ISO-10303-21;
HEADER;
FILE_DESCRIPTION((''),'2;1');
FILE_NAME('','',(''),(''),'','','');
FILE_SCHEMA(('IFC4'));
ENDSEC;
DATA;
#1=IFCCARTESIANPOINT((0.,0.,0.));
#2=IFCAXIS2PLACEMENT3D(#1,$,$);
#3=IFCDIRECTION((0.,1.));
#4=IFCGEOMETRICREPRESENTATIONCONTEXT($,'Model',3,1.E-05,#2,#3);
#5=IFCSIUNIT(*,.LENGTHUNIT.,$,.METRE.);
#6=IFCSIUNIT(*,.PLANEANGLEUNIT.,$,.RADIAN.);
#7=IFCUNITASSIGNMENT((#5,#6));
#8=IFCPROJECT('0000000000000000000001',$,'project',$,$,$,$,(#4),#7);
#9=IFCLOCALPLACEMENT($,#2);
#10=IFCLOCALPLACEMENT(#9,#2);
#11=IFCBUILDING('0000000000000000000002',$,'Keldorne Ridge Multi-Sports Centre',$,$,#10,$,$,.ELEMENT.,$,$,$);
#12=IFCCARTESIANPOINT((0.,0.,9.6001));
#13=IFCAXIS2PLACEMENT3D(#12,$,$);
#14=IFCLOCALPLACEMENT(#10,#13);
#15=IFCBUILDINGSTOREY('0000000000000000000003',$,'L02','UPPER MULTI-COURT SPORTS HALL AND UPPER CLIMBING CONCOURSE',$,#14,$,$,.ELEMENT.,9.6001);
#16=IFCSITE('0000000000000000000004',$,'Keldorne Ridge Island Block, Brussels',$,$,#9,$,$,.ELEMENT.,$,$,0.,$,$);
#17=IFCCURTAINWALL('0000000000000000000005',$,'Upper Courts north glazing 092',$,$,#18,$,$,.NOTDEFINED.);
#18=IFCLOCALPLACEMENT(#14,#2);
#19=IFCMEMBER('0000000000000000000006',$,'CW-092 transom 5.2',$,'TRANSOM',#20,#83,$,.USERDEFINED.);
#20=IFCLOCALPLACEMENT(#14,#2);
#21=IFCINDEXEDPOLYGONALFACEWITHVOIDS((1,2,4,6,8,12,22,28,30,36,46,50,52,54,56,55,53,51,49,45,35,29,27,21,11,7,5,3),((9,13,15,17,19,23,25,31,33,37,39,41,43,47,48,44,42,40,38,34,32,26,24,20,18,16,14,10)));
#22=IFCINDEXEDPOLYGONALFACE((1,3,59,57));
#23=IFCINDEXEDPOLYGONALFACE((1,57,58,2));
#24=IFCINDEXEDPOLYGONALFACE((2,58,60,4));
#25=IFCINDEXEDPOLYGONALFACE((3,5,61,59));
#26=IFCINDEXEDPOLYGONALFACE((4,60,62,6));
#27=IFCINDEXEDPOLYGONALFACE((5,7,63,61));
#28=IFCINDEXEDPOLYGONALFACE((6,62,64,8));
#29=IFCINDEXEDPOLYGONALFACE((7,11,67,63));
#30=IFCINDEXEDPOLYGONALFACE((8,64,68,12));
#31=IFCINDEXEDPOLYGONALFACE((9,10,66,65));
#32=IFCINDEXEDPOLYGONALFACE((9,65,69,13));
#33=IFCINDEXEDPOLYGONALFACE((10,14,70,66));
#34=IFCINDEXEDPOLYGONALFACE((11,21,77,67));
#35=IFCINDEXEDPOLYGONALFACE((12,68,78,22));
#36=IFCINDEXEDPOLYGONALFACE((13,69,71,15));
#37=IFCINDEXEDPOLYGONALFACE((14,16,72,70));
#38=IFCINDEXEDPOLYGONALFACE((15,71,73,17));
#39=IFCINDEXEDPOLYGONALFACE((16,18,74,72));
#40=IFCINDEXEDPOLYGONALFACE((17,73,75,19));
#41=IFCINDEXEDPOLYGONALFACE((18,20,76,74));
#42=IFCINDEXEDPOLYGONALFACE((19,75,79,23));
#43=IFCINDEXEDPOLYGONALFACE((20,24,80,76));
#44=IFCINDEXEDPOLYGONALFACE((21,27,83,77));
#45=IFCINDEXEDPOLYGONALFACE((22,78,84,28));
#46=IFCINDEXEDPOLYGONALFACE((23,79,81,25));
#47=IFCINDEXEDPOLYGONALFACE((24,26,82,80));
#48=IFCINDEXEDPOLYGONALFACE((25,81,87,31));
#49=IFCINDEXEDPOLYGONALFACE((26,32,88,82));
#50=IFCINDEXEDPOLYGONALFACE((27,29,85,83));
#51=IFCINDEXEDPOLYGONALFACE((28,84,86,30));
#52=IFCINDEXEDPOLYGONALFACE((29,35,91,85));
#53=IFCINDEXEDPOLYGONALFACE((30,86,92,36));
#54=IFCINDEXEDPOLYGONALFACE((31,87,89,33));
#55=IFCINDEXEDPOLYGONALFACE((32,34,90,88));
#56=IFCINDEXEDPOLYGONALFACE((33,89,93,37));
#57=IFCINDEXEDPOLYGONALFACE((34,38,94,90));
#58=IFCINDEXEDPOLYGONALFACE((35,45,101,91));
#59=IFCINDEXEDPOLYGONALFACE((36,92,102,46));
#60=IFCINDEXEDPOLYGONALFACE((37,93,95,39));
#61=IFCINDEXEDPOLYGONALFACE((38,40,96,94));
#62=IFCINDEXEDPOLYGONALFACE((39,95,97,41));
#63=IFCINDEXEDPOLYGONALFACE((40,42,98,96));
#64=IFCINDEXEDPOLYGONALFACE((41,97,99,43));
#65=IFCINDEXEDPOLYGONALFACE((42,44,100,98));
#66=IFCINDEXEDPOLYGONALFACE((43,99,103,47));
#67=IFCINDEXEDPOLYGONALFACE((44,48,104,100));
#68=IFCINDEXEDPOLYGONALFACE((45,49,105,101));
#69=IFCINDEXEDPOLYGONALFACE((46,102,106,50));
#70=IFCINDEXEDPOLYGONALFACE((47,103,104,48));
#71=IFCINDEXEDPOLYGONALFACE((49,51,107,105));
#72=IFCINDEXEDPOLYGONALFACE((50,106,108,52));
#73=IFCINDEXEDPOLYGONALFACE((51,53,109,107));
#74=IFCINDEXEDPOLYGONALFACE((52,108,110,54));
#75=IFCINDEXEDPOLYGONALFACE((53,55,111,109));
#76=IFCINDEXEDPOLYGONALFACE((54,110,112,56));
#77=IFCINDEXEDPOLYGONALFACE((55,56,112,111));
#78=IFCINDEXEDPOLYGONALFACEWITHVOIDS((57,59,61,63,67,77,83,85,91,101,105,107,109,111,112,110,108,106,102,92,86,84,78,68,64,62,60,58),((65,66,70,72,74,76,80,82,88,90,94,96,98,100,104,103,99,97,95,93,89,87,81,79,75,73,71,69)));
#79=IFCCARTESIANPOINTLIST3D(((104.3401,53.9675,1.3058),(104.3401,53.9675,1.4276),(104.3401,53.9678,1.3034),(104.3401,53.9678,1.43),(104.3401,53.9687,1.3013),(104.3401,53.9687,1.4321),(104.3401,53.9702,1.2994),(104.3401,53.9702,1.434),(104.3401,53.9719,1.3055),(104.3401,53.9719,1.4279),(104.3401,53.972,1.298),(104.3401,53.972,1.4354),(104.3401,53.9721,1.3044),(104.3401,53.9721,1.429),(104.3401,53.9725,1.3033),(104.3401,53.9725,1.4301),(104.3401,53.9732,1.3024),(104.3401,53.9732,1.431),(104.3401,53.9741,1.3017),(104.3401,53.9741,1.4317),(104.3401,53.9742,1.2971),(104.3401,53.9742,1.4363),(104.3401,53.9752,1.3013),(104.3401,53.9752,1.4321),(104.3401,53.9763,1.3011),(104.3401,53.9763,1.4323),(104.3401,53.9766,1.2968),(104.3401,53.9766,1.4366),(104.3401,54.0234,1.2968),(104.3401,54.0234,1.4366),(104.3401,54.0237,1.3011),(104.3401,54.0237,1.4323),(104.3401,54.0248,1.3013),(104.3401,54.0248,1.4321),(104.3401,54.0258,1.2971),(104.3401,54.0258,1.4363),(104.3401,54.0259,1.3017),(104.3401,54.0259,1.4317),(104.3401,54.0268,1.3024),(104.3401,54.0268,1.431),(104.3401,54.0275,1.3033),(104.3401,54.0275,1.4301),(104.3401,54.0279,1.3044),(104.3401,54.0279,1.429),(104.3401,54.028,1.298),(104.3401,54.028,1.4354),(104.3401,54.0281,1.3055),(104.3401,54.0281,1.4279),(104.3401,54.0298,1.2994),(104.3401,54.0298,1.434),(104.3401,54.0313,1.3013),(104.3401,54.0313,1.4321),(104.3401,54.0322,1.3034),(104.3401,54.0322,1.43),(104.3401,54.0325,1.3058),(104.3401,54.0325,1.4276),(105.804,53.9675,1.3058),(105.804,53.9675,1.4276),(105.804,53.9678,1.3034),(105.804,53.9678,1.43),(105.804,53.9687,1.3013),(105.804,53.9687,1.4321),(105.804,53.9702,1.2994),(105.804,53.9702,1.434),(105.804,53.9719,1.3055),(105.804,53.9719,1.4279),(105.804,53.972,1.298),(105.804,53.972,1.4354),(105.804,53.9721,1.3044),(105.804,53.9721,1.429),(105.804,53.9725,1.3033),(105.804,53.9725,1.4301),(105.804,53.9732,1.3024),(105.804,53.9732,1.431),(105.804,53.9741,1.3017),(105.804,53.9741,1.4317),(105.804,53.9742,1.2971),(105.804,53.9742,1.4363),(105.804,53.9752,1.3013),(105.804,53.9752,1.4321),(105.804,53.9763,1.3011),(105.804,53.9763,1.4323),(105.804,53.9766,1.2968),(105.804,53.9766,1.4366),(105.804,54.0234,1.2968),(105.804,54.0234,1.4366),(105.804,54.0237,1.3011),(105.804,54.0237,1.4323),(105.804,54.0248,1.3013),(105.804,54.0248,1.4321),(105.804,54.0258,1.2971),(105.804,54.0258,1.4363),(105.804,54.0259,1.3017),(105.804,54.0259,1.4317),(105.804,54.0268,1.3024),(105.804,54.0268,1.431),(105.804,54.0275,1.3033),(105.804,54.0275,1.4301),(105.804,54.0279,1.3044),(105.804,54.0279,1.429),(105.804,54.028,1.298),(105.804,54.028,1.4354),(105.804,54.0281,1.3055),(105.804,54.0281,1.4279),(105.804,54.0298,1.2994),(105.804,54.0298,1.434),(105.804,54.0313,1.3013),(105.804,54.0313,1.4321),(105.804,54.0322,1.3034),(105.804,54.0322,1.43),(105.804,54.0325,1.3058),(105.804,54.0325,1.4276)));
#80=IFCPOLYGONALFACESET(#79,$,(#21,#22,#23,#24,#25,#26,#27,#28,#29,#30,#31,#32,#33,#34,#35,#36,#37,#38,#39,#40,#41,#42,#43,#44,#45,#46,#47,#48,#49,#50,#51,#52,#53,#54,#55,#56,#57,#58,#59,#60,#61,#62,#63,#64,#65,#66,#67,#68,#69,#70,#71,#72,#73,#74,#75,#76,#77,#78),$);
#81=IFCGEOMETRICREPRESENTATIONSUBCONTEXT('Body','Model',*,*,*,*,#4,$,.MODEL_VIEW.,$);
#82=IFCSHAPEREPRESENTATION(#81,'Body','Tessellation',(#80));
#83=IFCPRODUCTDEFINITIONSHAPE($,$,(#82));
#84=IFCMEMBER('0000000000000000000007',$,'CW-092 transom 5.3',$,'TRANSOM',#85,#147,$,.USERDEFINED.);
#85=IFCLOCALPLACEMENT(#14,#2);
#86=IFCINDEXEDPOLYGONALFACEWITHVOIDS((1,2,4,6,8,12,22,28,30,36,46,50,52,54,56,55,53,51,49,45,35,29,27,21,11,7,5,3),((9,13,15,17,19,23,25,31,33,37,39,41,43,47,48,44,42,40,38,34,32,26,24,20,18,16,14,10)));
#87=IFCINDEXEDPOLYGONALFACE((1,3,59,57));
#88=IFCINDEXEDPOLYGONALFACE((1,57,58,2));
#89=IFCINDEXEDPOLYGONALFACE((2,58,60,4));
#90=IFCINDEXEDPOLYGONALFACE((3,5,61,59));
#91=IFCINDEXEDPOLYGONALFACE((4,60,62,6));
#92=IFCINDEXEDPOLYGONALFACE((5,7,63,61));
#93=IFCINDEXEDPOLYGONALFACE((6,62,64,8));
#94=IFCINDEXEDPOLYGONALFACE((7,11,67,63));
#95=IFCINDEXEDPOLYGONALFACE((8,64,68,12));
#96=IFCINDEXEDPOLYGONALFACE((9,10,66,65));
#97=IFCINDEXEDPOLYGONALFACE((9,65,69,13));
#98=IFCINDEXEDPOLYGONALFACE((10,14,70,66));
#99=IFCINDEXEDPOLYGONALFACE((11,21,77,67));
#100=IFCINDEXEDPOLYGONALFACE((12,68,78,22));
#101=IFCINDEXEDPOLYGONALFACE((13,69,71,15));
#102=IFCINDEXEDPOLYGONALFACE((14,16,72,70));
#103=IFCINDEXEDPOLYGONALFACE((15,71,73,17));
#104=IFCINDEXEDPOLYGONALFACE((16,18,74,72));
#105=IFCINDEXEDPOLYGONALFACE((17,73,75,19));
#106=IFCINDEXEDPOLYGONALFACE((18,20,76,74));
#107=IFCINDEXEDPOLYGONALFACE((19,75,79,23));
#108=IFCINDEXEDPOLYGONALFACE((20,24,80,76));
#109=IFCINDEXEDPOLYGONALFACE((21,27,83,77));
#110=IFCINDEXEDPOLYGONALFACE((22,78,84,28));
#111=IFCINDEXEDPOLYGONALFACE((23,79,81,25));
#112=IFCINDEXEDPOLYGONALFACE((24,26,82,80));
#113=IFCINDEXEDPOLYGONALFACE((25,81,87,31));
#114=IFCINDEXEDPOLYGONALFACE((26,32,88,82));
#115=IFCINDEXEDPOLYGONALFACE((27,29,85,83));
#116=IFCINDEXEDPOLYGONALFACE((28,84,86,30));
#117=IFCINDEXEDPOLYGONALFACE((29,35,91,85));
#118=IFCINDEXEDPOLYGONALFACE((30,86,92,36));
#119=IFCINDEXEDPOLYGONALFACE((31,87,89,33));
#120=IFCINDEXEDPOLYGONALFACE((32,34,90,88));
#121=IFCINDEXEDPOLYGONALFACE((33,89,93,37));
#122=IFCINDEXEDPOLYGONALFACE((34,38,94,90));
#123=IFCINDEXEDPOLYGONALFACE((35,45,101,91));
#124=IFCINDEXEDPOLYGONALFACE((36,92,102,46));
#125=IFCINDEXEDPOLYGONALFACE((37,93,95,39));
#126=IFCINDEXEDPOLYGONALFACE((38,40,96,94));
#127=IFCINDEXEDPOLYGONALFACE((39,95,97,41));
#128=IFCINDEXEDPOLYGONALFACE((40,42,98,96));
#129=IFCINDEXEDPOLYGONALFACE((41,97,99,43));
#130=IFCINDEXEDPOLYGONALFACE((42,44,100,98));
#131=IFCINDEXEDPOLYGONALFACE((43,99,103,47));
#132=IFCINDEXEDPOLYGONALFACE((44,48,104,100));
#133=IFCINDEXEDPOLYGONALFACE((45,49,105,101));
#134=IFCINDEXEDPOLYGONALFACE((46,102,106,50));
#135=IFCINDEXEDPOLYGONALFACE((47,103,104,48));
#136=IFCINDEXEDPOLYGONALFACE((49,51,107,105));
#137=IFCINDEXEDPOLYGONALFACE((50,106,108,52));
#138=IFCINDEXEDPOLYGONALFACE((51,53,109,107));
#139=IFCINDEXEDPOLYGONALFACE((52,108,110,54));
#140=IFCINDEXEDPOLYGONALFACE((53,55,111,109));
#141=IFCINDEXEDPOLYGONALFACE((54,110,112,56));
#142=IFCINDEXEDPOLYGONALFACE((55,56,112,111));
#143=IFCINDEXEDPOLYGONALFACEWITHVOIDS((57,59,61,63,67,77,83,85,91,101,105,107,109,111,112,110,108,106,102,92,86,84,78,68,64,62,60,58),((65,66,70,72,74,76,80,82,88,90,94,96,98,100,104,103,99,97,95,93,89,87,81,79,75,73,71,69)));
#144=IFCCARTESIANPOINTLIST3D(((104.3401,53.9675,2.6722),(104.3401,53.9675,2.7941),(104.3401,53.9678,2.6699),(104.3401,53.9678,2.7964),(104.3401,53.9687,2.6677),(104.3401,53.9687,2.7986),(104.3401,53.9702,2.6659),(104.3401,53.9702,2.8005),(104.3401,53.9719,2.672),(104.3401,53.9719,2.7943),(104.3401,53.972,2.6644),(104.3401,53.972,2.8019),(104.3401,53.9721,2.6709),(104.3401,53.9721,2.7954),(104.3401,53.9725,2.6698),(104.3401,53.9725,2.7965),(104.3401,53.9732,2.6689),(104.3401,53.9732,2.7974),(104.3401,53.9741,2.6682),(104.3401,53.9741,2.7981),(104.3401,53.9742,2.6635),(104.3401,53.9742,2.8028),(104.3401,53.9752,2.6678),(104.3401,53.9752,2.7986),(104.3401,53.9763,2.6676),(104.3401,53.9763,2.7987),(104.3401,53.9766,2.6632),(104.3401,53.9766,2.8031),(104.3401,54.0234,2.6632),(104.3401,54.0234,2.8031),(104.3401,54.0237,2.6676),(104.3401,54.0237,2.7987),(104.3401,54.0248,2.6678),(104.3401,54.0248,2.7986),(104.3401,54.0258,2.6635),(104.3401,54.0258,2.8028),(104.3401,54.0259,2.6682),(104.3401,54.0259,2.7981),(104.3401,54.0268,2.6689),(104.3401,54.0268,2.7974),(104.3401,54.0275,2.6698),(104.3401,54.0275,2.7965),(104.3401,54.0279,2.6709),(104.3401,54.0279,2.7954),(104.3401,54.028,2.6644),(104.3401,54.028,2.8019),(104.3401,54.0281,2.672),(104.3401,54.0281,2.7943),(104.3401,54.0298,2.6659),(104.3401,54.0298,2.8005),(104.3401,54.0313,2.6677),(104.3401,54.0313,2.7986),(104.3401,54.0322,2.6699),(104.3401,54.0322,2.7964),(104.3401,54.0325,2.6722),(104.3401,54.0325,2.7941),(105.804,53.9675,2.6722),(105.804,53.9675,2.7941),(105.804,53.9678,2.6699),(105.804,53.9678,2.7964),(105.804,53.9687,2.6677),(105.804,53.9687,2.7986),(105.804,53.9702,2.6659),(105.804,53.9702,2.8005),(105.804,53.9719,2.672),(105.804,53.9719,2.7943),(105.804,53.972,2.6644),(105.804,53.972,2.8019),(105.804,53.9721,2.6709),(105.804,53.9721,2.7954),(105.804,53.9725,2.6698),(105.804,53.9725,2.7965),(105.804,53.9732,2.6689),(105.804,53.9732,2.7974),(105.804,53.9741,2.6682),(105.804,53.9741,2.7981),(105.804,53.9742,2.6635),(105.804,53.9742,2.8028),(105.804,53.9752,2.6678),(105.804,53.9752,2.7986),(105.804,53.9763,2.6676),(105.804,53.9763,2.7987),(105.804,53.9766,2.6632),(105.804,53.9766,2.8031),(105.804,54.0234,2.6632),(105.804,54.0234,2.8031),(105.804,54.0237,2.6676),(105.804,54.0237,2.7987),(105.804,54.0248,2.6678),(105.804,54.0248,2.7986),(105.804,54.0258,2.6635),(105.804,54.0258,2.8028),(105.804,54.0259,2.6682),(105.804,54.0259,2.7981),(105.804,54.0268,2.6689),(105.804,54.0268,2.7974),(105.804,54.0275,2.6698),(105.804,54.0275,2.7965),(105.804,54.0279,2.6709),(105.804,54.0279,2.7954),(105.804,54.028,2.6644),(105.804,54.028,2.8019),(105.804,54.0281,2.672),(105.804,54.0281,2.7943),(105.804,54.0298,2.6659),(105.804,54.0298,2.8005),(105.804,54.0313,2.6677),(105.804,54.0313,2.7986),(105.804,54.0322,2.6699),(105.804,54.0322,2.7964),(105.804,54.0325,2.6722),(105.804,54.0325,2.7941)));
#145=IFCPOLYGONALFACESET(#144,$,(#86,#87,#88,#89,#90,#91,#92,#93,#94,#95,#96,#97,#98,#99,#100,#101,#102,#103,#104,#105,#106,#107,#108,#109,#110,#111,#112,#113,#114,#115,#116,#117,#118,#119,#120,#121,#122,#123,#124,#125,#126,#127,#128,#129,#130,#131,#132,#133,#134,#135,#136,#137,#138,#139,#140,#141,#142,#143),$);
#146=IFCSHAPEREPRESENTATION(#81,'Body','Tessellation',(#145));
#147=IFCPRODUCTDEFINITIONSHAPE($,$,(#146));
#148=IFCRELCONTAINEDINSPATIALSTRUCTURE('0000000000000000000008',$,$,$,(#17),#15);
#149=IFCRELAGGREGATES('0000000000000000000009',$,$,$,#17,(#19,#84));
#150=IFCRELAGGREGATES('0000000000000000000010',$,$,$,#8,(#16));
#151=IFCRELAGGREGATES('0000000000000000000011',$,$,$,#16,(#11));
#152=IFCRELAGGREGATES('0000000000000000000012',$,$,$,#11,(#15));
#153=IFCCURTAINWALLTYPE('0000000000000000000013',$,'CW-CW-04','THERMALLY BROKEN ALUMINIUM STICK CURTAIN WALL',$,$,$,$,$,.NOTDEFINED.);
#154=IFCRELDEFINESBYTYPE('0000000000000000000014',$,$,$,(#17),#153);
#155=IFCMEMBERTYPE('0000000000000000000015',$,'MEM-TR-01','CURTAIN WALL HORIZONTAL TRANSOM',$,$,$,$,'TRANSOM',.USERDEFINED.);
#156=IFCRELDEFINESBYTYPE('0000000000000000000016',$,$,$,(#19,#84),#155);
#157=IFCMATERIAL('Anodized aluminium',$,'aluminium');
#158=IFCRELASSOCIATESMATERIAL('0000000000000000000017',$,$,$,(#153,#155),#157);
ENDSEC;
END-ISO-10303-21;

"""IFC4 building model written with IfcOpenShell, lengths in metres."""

from ifc_helpers import new_model, si_unit, direction, frame, origin, origin_2d, place, context, subcontext, project, spatial, hollow_rectangle, extrude, material, material_profile, profile_set, type_object, element, aggregate, save


model = new_model("IFC4")

# Units and contexts
model_context = context("Model", 3, precision=1e-05, world=origin(), true_north=direction((0.0, 1.0)))
body_context = subcontext(model_context, "Body", "Model", "MODEL_VIEW")
ifc_project = project(units=[si_unit("LENGTHUNIT", "METRE"), si_unit("PLANEANGLEUNIT", "RADIAN")], contexts=[model_context])

# Site, building, storey
site_placement = place(None, origin())
site = spatial("IfcSite", under=ifc_project, at=site_placement, Name="Keldorne Ridge Island Block, Brussels", CompositionType="ELEMENT", RefElevation=0.0)
building_placement = place(site_placement, origin())
building = spatial("IfcBuilding", under=site, at=building_placement, Name="Keldorne Ridge Multi-Sports Centre", CompositionType="ELEMENT")
storey_placement = place(building_placement, frame((0.0, 0.0, 9.6001)))
storey = spatial("IfcBuildingStorey", under=building, at=storey_placement, Name="L02", Description="UPPER MULTI-COURT SPORTS HALL AND UPPER CLIMBING CONCOURSE", CompositionType="ELEMENT", Elevation=9.6001)

# Curtain wall, members
ifc_material_1 = material(Name="Anodized aluminium", Category="aluminium")
curtain_wall_type = type_object("IfcCurtainWallType", Name="CW-CW-04", Description="THERMALLY BROKEN ALUMINIUM STICK CURTAIN WALL", PredefinedType="NOTDEFINED", material=ifc_material_1)
curtain_wall_placement = place(storey_placement, origin())
curtain_wall = element("IfcCurtainWall", 1, at=curtain_wall_placement, inside=storey, type_object=curtain_wall_type, Name="Upper Courts north glazing 092", PredefinedType="NOTDEFINED")
ifc_material_profile_1 = material_profile(ifc_material_1, hollow_rectangle(XDim=0.0649, YDim=0.1399, WallThickness=0.0044, InnerFilletRadius=0.0044, OuterFilletRadius=0.009, at=origin_2d()), Name="ALU TRANSOM 140x65x4.5")
ifc_profile_set_1 = profile_set([ifc_material_profile_1], Name="Anodized aluminium")
member_type_1 = type_object("IfcMemberType", Name="MEM-TR-01", Description="CURTAIN WALL HORIZONTAL TRANSOM", ElementType="TRANSOM", PredefinedType="USERDEFINED", material=ifc_profile_set_1)
member_1_placement = place(storey_placement, frame((105.804, 54.0, 1.3667), z_axis=(-1.0, 0.0, 0.0), x_axis=(0.0, -1.0, 0.0)))
member_1 = element("IfcMember", 2, at=member_1_placement, type_object=member_type_1, Name="CW-092 transom 5.2", ObjectType="TRANSOM", PredefinedType="USERDEFINED", context=body_context, shape_type="SweptSolid", body=[
    extrude(hollow_rectangle(XDim=0.0649, YDim=0.1399, WallThickness=0.0044, InnerFilletRadius=0.0044, OuterFilletRadius=0.009, at=origin_2d()), origin(), (0.0, 0.0, 1.0), 1.4639),
])
member_2_placement = place(storey_placement, frame((105.804, 54.0, 2.7332), z_axis=(-1.0, 0.0, 0.0), x_axis=(0.0, -1.0, 0.0)))
member_2 = element("IfcMember", 3, at=member_2_placement, type_object=member_type_1, Name="CW-092 transom 5.3", ObjectType="TRANSOM", PredefinedType="USERDEFINED", context=body_context, shape_type="SweptSolid", body=[
    extrude(hollow_rectangle(XDim=0.0649, YDim=0.1399, WallThickness=0.0044, InnerFilletRadius=0.0044, OuterFilletRadius=0.009, at=origin_2d()), origin(), (0.0, 0.0, 1.0), 1.4639),
])
aggregate(curtain_wall, [member_1, member_2])

save(model, "model.ifc")
